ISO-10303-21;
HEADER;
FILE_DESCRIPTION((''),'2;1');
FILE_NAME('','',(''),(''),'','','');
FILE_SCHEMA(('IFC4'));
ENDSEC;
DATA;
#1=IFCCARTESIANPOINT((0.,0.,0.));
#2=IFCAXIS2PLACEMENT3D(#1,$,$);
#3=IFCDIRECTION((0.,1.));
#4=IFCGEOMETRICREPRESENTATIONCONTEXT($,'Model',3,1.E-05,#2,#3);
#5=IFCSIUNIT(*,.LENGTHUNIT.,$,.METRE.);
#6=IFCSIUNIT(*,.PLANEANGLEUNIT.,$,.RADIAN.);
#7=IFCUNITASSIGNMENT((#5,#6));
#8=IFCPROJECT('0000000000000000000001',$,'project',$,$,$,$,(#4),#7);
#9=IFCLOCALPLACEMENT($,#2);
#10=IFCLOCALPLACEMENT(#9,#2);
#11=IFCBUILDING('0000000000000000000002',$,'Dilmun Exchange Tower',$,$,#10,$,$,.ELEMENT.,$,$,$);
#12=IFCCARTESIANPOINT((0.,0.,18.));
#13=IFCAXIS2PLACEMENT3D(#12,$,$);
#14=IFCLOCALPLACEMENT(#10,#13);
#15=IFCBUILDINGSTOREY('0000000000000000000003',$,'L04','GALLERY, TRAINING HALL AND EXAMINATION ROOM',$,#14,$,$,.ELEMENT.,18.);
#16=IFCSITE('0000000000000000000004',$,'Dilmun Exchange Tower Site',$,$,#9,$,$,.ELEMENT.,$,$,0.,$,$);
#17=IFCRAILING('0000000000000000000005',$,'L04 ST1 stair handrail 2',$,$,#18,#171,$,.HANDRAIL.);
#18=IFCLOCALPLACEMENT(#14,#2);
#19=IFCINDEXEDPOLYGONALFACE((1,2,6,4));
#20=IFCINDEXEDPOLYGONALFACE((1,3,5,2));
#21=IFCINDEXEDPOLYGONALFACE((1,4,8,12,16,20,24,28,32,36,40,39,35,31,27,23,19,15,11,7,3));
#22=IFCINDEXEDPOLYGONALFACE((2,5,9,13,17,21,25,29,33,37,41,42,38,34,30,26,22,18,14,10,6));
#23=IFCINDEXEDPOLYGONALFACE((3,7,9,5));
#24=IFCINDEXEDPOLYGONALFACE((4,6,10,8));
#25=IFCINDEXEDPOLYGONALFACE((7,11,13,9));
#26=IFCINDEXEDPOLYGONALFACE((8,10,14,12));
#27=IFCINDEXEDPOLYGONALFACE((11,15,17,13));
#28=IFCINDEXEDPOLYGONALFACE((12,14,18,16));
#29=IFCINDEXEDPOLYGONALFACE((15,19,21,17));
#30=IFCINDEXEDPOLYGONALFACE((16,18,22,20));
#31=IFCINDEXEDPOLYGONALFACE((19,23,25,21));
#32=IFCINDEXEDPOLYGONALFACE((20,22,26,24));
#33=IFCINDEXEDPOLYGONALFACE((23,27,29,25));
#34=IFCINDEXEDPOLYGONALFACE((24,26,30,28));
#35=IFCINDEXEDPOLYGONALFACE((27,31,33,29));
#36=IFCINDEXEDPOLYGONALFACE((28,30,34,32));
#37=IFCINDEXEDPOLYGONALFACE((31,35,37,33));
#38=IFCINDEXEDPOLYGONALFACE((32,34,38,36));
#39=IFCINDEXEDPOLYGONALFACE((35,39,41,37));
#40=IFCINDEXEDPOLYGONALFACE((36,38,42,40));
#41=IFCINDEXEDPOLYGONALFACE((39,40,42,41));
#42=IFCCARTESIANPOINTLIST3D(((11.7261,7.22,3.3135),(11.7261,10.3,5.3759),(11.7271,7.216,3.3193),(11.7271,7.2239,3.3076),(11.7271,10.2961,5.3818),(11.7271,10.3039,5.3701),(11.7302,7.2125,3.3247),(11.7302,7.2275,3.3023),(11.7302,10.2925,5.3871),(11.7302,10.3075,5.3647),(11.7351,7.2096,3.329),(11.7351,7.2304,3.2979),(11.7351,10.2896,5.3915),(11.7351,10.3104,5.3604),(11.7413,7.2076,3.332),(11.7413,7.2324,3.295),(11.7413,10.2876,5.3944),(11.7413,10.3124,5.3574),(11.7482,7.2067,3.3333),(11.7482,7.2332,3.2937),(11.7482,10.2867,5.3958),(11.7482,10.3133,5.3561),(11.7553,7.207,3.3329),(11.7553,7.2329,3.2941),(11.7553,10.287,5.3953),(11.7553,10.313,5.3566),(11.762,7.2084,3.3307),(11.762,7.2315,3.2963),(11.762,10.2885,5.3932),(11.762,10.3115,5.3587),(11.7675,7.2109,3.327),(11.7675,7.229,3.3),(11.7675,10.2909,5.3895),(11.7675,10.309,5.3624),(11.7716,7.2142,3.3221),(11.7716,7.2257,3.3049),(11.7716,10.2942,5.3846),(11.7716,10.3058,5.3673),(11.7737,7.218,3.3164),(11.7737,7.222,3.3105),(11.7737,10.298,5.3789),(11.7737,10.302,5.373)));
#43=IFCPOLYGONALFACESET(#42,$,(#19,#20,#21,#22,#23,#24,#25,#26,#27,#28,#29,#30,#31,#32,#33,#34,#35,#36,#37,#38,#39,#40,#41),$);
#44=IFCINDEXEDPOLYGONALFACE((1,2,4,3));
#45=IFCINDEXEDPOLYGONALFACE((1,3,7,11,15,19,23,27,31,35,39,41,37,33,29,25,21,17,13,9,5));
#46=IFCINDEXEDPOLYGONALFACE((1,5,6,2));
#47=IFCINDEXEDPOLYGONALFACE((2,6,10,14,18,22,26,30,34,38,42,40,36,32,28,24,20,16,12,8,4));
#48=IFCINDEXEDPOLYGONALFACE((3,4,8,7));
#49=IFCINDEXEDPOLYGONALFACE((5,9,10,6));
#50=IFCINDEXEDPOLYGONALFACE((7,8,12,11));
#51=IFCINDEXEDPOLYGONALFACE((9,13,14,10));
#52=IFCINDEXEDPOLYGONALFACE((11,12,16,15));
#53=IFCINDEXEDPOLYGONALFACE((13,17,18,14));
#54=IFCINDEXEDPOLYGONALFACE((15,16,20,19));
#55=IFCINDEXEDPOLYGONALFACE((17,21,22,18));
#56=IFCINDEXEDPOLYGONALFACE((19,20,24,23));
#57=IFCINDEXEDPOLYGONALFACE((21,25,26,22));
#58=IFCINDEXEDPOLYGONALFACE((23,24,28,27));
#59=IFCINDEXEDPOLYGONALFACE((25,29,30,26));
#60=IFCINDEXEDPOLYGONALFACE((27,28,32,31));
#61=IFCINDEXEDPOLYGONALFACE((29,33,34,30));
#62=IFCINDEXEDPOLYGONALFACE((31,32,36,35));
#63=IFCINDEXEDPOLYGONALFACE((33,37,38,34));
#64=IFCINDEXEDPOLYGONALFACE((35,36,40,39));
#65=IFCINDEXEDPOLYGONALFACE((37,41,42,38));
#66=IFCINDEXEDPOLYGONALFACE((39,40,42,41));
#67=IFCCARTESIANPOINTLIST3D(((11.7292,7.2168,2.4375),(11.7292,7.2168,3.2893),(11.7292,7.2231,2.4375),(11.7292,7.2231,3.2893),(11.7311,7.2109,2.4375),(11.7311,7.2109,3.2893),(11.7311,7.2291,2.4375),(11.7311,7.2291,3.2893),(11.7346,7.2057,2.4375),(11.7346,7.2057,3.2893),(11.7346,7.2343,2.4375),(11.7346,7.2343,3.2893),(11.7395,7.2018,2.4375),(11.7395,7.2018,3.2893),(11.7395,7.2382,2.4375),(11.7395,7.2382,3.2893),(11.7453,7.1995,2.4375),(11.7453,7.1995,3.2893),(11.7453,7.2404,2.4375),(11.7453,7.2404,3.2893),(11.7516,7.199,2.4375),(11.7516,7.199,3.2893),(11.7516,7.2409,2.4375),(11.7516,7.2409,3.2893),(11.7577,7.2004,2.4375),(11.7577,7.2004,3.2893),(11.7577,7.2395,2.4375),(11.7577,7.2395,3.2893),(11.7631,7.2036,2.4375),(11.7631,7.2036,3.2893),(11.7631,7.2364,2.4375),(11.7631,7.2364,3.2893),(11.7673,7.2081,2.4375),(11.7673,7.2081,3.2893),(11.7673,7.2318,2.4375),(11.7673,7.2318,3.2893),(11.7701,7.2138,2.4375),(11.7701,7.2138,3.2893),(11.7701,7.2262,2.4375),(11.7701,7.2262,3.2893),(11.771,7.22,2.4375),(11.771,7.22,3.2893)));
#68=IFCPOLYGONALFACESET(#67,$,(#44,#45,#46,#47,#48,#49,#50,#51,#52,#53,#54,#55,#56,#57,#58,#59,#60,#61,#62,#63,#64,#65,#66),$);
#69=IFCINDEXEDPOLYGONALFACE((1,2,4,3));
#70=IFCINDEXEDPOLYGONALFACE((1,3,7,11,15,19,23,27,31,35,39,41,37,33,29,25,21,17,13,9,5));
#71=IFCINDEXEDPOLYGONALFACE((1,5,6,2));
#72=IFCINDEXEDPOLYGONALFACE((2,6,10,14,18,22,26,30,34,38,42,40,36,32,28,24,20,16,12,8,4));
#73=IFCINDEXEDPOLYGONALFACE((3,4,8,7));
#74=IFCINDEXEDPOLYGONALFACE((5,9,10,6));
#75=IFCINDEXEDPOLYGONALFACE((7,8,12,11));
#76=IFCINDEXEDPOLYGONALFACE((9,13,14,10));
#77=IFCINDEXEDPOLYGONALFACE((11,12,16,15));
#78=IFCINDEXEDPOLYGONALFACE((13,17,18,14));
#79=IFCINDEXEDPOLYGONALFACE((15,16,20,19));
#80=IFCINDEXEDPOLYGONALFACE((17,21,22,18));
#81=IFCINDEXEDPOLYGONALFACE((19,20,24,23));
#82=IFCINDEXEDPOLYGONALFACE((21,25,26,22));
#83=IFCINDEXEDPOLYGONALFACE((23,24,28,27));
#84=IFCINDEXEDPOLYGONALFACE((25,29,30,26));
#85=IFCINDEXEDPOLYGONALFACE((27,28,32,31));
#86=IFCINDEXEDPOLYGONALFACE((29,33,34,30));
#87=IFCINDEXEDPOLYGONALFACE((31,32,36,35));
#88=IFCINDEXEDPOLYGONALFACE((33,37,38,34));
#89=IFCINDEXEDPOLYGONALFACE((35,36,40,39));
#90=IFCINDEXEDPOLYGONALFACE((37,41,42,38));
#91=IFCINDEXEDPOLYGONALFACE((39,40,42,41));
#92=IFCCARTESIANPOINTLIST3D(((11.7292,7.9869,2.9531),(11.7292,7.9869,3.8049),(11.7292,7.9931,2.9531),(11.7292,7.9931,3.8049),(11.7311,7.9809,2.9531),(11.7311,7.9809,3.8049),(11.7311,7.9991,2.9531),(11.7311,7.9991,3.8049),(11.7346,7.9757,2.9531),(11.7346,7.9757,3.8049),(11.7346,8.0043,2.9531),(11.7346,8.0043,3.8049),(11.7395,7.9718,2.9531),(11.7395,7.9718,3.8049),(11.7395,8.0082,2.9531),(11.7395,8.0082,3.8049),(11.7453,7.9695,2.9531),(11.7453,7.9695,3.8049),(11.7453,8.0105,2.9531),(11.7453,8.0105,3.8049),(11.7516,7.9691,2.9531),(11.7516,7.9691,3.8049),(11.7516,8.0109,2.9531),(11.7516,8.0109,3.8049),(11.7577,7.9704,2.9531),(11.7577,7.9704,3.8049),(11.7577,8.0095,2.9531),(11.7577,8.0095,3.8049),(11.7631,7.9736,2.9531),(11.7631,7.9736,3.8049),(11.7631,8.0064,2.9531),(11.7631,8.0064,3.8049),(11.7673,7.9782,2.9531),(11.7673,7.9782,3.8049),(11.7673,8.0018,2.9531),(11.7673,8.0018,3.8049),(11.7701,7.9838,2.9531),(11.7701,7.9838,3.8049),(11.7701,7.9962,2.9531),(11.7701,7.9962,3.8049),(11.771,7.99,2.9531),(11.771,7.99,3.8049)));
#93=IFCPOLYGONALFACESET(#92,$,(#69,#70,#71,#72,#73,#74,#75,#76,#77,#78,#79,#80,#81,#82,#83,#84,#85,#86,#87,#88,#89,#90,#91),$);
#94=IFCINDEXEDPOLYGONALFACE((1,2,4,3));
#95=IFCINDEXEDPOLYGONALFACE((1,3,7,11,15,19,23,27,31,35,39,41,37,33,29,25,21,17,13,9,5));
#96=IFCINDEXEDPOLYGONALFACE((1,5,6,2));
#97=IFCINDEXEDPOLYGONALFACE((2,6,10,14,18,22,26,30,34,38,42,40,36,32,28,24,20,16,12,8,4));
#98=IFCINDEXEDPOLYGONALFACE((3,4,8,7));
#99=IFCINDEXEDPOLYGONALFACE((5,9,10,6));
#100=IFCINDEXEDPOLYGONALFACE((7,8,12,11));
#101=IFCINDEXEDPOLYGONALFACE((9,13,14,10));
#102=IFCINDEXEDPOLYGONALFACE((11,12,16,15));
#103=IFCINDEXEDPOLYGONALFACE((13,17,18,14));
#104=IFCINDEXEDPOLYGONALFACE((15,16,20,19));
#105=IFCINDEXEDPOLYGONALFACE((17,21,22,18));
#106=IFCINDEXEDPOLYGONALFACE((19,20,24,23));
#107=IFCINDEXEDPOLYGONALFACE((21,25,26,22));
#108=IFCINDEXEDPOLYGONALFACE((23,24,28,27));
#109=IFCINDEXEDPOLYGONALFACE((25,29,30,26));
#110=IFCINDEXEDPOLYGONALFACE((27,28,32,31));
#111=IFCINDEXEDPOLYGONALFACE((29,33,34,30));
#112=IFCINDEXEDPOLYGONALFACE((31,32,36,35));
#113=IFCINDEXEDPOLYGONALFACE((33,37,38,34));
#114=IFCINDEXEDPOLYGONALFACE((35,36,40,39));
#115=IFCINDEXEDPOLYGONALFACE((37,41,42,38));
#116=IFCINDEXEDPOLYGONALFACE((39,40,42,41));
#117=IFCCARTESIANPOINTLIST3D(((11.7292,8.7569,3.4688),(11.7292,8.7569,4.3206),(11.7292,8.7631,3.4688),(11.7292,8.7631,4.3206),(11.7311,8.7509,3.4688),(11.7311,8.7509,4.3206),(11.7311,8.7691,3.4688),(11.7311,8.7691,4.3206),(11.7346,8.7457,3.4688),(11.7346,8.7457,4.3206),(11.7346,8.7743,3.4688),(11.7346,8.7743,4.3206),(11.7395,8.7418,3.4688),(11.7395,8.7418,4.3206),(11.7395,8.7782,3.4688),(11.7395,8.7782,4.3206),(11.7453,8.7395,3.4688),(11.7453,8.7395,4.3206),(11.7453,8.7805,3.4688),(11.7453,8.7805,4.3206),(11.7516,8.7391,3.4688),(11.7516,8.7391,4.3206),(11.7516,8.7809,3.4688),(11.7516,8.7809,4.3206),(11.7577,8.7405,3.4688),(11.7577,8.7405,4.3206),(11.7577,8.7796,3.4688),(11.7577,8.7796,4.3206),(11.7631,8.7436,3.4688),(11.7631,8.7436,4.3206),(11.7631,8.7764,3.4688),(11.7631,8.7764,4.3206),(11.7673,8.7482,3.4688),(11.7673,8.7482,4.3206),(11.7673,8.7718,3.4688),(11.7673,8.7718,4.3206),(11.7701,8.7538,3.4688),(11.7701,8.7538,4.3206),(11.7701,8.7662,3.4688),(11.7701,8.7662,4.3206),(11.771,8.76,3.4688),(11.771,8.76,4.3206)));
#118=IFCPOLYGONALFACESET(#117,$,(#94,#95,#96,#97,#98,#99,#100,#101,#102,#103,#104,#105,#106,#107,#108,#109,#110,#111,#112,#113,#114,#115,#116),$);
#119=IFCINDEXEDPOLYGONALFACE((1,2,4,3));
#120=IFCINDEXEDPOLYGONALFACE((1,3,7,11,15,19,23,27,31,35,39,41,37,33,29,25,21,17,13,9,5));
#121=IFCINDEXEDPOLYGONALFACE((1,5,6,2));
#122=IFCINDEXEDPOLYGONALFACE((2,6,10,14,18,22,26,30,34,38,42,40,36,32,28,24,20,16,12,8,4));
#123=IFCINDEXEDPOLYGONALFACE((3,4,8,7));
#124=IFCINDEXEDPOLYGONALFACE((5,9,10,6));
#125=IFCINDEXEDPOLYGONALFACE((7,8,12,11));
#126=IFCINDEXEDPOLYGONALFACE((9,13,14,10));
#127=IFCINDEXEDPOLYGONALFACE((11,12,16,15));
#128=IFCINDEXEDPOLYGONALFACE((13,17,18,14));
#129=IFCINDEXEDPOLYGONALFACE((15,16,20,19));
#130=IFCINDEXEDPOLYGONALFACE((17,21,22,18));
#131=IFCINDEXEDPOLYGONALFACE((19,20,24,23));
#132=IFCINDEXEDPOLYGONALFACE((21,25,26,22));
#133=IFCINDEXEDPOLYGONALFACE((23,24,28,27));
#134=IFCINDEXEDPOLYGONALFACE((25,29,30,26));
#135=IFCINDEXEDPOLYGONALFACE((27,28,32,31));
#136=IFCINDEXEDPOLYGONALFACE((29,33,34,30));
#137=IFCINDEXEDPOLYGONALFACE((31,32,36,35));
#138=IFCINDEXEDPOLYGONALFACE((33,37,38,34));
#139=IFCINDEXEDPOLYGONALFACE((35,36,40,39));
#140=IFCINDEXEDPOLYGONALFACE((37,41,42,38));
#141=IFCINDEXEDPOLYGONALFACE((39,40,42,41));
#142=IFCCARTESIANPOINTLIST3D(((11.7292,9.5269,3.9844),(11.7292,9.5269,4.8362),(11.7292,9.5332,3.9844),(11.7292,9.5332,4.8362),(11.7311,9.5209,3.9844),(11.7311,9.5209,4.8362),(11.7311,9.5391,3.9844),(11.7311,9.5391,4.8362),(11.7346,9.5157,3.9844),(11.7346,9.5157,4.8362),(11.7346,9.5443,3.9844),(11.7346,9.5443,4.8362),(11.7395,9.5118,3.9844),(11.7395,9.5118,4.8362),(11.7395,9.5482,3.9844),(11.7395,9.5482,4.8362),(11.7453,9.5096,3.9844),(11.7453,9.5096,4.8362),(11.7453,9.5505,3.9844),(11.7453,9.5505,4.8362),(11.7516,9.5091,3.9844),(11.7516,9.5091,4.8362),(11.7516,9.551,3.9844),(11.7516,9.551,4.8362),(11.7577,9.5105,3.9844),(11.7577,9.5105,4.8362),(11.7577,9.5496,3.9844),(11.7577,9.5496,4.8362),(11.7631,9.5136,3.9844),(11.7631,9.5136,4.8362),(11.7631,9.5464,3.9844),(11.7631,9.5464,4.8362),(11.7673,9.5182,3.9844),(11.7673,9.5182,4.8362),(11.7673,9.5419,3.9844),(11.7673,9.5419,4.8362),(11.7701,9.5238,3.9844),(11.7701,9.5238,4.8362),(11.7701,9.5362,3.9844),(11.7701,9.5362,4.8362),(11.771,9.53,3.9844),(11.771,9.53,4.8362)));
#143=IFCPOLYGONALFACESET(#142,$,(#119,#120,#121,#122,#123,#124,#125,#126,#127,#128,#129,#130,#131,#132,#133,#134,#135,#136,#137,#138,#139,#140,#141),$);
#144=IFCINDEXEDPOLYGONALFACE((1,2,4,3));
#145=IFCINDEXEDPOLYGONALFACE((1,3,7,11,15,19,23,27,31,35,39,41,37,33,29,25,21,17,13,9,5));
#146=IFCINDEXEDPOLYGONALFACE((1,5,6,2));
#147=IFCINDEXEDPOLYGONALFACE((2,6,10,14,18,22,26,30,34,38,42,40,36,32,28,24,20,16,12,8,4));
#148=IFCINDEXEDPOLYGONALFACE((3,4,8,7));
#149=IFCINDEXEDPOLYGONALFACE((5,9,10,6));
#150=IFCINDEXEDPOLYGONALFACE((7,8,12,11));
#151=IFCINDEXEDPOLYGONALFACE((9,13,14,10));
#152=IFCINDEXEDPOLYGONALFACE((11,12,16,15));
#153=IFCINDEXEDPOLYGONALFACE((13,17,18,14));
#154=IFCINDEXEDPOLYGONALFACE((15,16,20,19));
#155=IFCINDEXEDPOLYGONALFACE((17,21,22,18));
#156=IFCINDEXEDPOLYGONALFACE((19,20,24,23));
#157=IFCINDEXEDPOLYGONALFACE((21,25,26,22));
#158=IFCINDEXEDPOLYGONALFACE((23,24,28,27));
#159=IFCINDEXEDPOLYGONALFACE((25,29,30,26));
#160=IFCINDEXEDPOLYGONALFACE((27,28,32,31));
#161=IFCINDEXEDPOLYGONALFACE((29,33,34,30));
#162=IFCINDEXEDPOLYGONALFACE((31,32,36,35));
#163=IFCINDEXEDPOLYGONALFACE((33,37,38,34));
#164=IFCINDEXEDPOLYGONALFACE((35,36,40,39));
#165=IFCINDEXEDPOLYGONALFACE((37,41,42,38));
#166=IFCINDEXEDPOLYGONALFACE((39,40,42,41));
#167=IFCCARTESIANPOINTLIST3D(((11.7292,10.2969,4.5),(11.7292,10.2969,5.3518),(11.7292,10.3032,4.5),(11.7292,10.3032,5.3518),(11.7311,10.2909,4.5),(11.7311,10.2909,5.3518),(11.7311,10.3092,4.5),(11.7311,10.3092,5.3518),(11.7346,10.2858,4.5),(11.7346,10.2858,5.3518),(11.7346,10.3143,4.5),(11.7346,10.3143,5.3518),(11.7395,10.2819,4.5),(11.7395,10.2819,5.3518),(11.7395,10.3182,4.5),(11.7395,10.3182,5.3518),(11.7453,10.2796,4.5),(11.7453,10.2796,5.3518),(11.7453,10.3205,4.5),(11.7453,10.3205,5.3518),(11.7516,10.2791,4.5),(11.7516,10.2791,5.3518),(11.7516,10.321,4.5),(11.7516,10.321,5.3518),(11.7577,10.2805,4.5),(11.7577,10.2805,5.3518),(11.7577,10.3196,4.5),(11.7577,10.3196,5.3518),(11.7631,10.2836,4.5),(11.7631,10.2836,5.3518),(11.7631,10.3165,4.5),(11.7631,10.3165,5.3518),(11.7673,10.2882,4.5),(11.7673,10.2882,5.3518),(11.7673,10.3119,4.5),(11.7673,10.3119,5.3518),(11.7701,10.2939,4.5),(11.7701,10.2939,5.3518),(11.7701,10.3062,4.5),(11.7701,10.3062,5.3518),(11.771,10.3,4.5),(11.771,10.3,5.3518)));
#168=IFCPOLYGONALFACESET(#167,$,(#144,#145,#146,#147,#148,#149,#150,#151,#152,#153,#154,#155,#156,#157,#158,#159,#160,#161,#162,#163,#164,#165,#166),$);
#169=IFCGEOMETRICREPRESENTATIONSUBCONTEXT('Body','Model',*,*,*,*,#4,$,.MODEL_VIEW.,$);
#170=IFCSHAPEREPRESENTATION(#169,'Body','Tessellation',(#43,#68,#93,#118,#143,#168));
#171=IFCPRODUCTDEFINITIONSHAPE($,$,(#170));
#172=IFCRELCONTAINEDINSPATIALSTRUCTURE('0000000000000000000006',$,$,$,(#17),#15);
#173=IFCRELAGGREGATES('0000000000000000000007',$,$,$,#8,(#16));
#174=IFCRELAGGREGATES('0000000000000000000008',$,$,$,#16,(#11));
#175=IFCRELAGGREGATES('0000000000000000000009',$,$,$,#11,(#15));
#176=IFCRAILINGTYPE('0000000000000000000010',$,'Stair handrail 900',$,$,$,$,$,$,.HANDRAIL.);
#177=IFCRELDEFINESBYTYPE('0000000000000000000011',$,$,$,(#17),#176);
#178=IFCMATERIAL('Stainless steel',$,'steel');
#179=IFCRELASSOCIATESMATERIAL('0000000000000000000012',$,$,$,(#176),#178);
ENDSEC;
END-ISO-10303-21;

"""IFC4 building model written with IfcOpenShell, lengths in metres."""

from ifc_helpers import new_model, si_unit, direction, frame, origin, origin_2d, place, context, subcontext, project, spatial, circle, extrude, material, type_object, element, save


model = new_model("IFC4")

# Units and contexts
model_context = context("Model", 3, precision=1e-05, world=origin(), true_north=direction((0.0, 1.0)))
body_context = subcontext(model_context, "Body", "Model", "MODEL_VIEW")
ifc_project = project(units=[si_unit("LENGTHUNIT", "METRE"), si_unit("PLANEANGLEUNIT", "RADIAN")], contexts=[model_context])

# Site, building, storey
site_placement = place(None, origin())
site = spatial("IfcSite", under=ifc_project, at=site_placement, Name="Dilmun Exchange Tower Site", CompositionType="ELEMENT", RefElevation=0.0)
building_placement = place(site_placement, origin())
building = spatial("IfcBuilding", under=site, at=building_placement, Name="Dilmun Exchange Tower", CompositionType="ELEMENT")
storey_placement = place(building_placement, frame((0.0, 0.0, 18.0)))
storey = spatial("IfcBuildingStorey", under=building, at=storey_placement, Name="L04", Description="GALLERY, TRAINING HALL AND EXAMINATION ROOM", CompositionType="ELEMENT", Elevation=18.0)

# Railing
ifc_material_1 = material(Name="Stainless steel", Category="steel")
railing_type = type_object("IfcRailingType", Name="Stair handrail 900", PredefinedType="HANDRAIL", material=ifc_material_1)
railing_1_placement = place(storey_placement, frame((11.75, 7.22, 2.4375)))
element("IfcRailing", 1, at=railing_1_placement, inside=storey, type_object=railing_type, Name="L04 ST1 stair handrail 2", PredefinedType="HANDRAIL", context=body_context, shape_type="SweptSolid", body=[
    extrude(circle(Radius=0.0239, at=origin_2d()), frame((0.0, 0.0, 0.876), z_axis=(0.0, 0.830914, 0.556401), x_axis=(-1.0, 0.0, 0.0)), (0.0, 0.0, 1.0), 3.7068),
    extrude(circle(Radius=0.021, at=origin_2d()), origin(), (0.0, 0.0, 1.0), 0.8518),
    extrude(circle(Radius=0.021, at=origin_2d()), frame((0.0, 0.77, 0.5156)), (0.0, 0.0, 1.0), 0.8518),
    extrude(circle(Radius=0.021, at=origin_2d()), frame((0.0, 1.54, 1.0312)), (0.0, 0.0, 1.0), 0.8518),
    extrude(circle(Radius=0.021, at=origin_2d()), frame((0.0, 2.3101, 1.5469)), (0.0, 0.0, 1.0), 0.8518),
    extrude(circle(Radius=0.021, at=origin_2d()), frame((0.0, 3.0801, 2.0625)), (0.0, 0.0, 1.0), 0.8518),
])

save(model, "model.ifc")
